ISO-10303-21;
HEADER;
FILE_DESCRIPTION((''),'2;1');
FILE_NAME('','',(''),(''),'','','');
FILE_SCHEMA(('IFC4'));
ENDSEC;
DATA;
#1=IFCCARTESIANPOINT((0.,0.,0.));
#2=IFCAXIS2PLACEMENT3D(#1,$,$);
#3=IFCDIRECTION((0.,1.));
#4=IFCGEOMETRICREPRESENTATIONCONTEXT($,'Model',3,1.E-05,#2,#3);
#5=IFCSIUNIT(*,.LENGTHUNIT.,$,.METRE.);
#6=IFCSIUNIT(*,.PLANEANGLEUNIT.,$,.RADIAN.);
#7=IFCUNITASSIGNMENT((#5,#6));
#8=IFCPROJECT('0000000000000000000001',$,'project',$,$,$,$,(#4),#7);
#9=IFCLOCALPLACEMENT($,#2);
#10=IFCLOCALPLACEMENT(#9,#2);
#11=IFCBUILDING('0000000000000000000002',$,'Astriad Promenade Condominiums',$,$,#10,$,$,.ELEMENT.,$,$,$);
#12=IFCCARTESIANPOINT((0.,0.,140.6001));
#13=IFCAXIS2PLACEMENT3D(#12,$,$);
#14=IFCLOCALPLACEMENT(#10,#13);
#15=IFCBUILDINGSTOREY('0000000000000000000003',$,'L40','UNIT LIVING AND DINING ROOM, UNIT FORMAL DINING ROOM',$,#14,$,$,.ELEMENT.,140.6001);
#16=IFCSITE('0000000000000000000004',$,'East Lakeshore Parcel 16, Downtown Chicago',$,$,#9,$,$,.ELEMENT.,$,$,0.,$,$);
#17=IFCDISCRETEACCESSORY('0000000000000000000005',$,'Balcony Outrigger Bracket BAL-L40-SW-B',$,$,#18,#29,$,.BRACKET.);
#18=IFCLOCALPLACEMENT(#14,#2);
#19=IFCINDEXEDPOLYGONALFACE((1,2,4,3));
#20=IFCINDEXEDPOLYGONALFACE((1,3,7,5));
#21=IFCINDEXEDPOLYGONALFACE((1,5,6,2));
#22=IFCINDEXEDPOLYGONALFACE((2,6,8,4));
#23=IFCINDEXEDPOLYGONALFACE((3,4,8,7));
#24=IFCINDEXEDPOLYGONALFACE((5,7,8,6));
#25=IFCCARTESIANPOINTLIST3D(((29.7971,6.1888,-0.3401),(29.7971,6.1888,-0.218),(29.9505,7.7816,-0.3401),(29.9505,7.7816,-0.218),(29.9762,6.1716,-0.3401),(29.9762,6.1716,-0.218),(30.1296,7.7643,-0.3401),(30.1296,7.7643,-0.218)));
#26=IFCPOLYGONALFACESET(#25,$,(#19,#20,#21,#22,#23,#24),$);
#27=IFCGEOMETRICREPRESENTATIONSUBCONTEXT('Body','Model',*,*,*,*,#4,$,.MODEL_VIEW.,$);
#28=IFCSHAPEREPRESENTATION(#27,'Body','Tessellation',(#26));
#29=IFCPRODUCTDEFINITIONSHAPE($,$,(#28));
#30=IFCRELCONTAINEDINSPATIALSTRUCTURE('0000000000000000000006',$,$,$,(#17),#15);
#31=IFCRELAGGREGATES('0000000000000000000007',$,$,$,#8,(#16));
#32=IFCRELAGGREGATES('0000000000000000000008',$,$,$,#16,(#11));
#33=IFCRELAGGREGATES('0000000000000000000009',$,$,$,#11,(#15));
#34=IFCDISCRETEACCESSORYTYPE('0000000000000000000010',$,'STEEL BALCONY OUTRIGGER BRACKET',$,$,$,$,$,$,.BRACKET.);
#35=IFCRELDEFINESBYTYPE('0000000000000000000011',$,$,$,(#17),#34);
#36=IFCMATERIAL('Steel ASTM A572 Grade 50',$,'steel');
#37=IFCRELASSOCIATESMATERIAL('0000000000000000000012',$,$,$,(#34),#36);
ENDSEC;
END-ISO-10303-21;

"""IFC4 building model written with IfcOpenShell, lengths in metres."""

from ifc_helpers import new_model, si_unit, direction, frame, origin, origin_2d, place, context, subcontext, project, spatial, rectangle, extrude, source, transform, mapped, material, type_object, type_shapes, element, save


model = new_model("IFC4")

# Units and contexts
model_context = context("Model", 3, precision=1e-05, world=origin(), true_north=direction((0.0, 1.0)))
body_context = subcontext(model_context, "Body", "Model", "MODEL_VIEW")
ifc_project = project(units=[si_unit("LENGTHUNIT", "METRE"), si_unit("PLANEANGLEUNIT", "RADIAN")], contexts=[model_context])

# Site, building, storey
site_placement = place(None, origin())
site = spatial("IfcSite", under=ifc_project, at=site_placement, Name="East Lakeshore Parcel 16, Downtown Chicago", CompositionType="ELEMENT", RefElevation=0.0)
building_placement = place(site_placement, origin())
building = spatial("IfcBuilding", under=site, at=building_placement, Name="Astriad Promenade Condominiums", CompositionType="ELEMENT")
storey_placement = place(building_placement, frame((0.0, 0.0, 140.6001)))
storey = spatial("IfcBuildingStorey", under=building, at=storey_placement, Name="L40", Description="UNIT LIVING AND DINING ROOM, UNIT FORMAL DINING ROOM", CompositionType="ELEMENT", Elevation=140.6001)

# Discrete accessory
ifc_material_1 = material(Name="Steel ASTM A572 Grade 50", Category="steel")
discrete_accessory_type = type_object("IfcDiscreteAccessoryType", Name="STEEL BALCONY OUTRIGGER BRACKET", PredefinedType="BRACKET", material=ifc_material_1)
shared_shape_1 = source(origin(), body_context, "Body", "SweptSolid", [
    extrude(rectangle(XDim=1.6001, YDim=0.1799, at=origin_2d()), origin(), (0.0, 0.0, 1.0), 0.1221),
])
type_shapes(discrete_accessory_type, [shared_shape_1])
discrete_accessory_placement = place(storey_placement, frame((29.9634, 6.9766, -0.3401), z_axis=(0.0, 0.0, 1.0), x_axis=(-0.095846, -0.995396, 0.0)))
element("IfcDiscreteAccessory", 1, at=discrete_accessory_placement, inside=storey, type_object=discrete_accessory_type, Name="Balcony Outrigger Bracket BAL-L40-SW-B", PredefinedType="BRACKET", context=body_context, shape_type="MappedRepresentation", body=[
    mapped(shared_shape_1, transform((0.0, 0.0, 0.0), scale=1.0)),
])

save(model, "model.ifc")
